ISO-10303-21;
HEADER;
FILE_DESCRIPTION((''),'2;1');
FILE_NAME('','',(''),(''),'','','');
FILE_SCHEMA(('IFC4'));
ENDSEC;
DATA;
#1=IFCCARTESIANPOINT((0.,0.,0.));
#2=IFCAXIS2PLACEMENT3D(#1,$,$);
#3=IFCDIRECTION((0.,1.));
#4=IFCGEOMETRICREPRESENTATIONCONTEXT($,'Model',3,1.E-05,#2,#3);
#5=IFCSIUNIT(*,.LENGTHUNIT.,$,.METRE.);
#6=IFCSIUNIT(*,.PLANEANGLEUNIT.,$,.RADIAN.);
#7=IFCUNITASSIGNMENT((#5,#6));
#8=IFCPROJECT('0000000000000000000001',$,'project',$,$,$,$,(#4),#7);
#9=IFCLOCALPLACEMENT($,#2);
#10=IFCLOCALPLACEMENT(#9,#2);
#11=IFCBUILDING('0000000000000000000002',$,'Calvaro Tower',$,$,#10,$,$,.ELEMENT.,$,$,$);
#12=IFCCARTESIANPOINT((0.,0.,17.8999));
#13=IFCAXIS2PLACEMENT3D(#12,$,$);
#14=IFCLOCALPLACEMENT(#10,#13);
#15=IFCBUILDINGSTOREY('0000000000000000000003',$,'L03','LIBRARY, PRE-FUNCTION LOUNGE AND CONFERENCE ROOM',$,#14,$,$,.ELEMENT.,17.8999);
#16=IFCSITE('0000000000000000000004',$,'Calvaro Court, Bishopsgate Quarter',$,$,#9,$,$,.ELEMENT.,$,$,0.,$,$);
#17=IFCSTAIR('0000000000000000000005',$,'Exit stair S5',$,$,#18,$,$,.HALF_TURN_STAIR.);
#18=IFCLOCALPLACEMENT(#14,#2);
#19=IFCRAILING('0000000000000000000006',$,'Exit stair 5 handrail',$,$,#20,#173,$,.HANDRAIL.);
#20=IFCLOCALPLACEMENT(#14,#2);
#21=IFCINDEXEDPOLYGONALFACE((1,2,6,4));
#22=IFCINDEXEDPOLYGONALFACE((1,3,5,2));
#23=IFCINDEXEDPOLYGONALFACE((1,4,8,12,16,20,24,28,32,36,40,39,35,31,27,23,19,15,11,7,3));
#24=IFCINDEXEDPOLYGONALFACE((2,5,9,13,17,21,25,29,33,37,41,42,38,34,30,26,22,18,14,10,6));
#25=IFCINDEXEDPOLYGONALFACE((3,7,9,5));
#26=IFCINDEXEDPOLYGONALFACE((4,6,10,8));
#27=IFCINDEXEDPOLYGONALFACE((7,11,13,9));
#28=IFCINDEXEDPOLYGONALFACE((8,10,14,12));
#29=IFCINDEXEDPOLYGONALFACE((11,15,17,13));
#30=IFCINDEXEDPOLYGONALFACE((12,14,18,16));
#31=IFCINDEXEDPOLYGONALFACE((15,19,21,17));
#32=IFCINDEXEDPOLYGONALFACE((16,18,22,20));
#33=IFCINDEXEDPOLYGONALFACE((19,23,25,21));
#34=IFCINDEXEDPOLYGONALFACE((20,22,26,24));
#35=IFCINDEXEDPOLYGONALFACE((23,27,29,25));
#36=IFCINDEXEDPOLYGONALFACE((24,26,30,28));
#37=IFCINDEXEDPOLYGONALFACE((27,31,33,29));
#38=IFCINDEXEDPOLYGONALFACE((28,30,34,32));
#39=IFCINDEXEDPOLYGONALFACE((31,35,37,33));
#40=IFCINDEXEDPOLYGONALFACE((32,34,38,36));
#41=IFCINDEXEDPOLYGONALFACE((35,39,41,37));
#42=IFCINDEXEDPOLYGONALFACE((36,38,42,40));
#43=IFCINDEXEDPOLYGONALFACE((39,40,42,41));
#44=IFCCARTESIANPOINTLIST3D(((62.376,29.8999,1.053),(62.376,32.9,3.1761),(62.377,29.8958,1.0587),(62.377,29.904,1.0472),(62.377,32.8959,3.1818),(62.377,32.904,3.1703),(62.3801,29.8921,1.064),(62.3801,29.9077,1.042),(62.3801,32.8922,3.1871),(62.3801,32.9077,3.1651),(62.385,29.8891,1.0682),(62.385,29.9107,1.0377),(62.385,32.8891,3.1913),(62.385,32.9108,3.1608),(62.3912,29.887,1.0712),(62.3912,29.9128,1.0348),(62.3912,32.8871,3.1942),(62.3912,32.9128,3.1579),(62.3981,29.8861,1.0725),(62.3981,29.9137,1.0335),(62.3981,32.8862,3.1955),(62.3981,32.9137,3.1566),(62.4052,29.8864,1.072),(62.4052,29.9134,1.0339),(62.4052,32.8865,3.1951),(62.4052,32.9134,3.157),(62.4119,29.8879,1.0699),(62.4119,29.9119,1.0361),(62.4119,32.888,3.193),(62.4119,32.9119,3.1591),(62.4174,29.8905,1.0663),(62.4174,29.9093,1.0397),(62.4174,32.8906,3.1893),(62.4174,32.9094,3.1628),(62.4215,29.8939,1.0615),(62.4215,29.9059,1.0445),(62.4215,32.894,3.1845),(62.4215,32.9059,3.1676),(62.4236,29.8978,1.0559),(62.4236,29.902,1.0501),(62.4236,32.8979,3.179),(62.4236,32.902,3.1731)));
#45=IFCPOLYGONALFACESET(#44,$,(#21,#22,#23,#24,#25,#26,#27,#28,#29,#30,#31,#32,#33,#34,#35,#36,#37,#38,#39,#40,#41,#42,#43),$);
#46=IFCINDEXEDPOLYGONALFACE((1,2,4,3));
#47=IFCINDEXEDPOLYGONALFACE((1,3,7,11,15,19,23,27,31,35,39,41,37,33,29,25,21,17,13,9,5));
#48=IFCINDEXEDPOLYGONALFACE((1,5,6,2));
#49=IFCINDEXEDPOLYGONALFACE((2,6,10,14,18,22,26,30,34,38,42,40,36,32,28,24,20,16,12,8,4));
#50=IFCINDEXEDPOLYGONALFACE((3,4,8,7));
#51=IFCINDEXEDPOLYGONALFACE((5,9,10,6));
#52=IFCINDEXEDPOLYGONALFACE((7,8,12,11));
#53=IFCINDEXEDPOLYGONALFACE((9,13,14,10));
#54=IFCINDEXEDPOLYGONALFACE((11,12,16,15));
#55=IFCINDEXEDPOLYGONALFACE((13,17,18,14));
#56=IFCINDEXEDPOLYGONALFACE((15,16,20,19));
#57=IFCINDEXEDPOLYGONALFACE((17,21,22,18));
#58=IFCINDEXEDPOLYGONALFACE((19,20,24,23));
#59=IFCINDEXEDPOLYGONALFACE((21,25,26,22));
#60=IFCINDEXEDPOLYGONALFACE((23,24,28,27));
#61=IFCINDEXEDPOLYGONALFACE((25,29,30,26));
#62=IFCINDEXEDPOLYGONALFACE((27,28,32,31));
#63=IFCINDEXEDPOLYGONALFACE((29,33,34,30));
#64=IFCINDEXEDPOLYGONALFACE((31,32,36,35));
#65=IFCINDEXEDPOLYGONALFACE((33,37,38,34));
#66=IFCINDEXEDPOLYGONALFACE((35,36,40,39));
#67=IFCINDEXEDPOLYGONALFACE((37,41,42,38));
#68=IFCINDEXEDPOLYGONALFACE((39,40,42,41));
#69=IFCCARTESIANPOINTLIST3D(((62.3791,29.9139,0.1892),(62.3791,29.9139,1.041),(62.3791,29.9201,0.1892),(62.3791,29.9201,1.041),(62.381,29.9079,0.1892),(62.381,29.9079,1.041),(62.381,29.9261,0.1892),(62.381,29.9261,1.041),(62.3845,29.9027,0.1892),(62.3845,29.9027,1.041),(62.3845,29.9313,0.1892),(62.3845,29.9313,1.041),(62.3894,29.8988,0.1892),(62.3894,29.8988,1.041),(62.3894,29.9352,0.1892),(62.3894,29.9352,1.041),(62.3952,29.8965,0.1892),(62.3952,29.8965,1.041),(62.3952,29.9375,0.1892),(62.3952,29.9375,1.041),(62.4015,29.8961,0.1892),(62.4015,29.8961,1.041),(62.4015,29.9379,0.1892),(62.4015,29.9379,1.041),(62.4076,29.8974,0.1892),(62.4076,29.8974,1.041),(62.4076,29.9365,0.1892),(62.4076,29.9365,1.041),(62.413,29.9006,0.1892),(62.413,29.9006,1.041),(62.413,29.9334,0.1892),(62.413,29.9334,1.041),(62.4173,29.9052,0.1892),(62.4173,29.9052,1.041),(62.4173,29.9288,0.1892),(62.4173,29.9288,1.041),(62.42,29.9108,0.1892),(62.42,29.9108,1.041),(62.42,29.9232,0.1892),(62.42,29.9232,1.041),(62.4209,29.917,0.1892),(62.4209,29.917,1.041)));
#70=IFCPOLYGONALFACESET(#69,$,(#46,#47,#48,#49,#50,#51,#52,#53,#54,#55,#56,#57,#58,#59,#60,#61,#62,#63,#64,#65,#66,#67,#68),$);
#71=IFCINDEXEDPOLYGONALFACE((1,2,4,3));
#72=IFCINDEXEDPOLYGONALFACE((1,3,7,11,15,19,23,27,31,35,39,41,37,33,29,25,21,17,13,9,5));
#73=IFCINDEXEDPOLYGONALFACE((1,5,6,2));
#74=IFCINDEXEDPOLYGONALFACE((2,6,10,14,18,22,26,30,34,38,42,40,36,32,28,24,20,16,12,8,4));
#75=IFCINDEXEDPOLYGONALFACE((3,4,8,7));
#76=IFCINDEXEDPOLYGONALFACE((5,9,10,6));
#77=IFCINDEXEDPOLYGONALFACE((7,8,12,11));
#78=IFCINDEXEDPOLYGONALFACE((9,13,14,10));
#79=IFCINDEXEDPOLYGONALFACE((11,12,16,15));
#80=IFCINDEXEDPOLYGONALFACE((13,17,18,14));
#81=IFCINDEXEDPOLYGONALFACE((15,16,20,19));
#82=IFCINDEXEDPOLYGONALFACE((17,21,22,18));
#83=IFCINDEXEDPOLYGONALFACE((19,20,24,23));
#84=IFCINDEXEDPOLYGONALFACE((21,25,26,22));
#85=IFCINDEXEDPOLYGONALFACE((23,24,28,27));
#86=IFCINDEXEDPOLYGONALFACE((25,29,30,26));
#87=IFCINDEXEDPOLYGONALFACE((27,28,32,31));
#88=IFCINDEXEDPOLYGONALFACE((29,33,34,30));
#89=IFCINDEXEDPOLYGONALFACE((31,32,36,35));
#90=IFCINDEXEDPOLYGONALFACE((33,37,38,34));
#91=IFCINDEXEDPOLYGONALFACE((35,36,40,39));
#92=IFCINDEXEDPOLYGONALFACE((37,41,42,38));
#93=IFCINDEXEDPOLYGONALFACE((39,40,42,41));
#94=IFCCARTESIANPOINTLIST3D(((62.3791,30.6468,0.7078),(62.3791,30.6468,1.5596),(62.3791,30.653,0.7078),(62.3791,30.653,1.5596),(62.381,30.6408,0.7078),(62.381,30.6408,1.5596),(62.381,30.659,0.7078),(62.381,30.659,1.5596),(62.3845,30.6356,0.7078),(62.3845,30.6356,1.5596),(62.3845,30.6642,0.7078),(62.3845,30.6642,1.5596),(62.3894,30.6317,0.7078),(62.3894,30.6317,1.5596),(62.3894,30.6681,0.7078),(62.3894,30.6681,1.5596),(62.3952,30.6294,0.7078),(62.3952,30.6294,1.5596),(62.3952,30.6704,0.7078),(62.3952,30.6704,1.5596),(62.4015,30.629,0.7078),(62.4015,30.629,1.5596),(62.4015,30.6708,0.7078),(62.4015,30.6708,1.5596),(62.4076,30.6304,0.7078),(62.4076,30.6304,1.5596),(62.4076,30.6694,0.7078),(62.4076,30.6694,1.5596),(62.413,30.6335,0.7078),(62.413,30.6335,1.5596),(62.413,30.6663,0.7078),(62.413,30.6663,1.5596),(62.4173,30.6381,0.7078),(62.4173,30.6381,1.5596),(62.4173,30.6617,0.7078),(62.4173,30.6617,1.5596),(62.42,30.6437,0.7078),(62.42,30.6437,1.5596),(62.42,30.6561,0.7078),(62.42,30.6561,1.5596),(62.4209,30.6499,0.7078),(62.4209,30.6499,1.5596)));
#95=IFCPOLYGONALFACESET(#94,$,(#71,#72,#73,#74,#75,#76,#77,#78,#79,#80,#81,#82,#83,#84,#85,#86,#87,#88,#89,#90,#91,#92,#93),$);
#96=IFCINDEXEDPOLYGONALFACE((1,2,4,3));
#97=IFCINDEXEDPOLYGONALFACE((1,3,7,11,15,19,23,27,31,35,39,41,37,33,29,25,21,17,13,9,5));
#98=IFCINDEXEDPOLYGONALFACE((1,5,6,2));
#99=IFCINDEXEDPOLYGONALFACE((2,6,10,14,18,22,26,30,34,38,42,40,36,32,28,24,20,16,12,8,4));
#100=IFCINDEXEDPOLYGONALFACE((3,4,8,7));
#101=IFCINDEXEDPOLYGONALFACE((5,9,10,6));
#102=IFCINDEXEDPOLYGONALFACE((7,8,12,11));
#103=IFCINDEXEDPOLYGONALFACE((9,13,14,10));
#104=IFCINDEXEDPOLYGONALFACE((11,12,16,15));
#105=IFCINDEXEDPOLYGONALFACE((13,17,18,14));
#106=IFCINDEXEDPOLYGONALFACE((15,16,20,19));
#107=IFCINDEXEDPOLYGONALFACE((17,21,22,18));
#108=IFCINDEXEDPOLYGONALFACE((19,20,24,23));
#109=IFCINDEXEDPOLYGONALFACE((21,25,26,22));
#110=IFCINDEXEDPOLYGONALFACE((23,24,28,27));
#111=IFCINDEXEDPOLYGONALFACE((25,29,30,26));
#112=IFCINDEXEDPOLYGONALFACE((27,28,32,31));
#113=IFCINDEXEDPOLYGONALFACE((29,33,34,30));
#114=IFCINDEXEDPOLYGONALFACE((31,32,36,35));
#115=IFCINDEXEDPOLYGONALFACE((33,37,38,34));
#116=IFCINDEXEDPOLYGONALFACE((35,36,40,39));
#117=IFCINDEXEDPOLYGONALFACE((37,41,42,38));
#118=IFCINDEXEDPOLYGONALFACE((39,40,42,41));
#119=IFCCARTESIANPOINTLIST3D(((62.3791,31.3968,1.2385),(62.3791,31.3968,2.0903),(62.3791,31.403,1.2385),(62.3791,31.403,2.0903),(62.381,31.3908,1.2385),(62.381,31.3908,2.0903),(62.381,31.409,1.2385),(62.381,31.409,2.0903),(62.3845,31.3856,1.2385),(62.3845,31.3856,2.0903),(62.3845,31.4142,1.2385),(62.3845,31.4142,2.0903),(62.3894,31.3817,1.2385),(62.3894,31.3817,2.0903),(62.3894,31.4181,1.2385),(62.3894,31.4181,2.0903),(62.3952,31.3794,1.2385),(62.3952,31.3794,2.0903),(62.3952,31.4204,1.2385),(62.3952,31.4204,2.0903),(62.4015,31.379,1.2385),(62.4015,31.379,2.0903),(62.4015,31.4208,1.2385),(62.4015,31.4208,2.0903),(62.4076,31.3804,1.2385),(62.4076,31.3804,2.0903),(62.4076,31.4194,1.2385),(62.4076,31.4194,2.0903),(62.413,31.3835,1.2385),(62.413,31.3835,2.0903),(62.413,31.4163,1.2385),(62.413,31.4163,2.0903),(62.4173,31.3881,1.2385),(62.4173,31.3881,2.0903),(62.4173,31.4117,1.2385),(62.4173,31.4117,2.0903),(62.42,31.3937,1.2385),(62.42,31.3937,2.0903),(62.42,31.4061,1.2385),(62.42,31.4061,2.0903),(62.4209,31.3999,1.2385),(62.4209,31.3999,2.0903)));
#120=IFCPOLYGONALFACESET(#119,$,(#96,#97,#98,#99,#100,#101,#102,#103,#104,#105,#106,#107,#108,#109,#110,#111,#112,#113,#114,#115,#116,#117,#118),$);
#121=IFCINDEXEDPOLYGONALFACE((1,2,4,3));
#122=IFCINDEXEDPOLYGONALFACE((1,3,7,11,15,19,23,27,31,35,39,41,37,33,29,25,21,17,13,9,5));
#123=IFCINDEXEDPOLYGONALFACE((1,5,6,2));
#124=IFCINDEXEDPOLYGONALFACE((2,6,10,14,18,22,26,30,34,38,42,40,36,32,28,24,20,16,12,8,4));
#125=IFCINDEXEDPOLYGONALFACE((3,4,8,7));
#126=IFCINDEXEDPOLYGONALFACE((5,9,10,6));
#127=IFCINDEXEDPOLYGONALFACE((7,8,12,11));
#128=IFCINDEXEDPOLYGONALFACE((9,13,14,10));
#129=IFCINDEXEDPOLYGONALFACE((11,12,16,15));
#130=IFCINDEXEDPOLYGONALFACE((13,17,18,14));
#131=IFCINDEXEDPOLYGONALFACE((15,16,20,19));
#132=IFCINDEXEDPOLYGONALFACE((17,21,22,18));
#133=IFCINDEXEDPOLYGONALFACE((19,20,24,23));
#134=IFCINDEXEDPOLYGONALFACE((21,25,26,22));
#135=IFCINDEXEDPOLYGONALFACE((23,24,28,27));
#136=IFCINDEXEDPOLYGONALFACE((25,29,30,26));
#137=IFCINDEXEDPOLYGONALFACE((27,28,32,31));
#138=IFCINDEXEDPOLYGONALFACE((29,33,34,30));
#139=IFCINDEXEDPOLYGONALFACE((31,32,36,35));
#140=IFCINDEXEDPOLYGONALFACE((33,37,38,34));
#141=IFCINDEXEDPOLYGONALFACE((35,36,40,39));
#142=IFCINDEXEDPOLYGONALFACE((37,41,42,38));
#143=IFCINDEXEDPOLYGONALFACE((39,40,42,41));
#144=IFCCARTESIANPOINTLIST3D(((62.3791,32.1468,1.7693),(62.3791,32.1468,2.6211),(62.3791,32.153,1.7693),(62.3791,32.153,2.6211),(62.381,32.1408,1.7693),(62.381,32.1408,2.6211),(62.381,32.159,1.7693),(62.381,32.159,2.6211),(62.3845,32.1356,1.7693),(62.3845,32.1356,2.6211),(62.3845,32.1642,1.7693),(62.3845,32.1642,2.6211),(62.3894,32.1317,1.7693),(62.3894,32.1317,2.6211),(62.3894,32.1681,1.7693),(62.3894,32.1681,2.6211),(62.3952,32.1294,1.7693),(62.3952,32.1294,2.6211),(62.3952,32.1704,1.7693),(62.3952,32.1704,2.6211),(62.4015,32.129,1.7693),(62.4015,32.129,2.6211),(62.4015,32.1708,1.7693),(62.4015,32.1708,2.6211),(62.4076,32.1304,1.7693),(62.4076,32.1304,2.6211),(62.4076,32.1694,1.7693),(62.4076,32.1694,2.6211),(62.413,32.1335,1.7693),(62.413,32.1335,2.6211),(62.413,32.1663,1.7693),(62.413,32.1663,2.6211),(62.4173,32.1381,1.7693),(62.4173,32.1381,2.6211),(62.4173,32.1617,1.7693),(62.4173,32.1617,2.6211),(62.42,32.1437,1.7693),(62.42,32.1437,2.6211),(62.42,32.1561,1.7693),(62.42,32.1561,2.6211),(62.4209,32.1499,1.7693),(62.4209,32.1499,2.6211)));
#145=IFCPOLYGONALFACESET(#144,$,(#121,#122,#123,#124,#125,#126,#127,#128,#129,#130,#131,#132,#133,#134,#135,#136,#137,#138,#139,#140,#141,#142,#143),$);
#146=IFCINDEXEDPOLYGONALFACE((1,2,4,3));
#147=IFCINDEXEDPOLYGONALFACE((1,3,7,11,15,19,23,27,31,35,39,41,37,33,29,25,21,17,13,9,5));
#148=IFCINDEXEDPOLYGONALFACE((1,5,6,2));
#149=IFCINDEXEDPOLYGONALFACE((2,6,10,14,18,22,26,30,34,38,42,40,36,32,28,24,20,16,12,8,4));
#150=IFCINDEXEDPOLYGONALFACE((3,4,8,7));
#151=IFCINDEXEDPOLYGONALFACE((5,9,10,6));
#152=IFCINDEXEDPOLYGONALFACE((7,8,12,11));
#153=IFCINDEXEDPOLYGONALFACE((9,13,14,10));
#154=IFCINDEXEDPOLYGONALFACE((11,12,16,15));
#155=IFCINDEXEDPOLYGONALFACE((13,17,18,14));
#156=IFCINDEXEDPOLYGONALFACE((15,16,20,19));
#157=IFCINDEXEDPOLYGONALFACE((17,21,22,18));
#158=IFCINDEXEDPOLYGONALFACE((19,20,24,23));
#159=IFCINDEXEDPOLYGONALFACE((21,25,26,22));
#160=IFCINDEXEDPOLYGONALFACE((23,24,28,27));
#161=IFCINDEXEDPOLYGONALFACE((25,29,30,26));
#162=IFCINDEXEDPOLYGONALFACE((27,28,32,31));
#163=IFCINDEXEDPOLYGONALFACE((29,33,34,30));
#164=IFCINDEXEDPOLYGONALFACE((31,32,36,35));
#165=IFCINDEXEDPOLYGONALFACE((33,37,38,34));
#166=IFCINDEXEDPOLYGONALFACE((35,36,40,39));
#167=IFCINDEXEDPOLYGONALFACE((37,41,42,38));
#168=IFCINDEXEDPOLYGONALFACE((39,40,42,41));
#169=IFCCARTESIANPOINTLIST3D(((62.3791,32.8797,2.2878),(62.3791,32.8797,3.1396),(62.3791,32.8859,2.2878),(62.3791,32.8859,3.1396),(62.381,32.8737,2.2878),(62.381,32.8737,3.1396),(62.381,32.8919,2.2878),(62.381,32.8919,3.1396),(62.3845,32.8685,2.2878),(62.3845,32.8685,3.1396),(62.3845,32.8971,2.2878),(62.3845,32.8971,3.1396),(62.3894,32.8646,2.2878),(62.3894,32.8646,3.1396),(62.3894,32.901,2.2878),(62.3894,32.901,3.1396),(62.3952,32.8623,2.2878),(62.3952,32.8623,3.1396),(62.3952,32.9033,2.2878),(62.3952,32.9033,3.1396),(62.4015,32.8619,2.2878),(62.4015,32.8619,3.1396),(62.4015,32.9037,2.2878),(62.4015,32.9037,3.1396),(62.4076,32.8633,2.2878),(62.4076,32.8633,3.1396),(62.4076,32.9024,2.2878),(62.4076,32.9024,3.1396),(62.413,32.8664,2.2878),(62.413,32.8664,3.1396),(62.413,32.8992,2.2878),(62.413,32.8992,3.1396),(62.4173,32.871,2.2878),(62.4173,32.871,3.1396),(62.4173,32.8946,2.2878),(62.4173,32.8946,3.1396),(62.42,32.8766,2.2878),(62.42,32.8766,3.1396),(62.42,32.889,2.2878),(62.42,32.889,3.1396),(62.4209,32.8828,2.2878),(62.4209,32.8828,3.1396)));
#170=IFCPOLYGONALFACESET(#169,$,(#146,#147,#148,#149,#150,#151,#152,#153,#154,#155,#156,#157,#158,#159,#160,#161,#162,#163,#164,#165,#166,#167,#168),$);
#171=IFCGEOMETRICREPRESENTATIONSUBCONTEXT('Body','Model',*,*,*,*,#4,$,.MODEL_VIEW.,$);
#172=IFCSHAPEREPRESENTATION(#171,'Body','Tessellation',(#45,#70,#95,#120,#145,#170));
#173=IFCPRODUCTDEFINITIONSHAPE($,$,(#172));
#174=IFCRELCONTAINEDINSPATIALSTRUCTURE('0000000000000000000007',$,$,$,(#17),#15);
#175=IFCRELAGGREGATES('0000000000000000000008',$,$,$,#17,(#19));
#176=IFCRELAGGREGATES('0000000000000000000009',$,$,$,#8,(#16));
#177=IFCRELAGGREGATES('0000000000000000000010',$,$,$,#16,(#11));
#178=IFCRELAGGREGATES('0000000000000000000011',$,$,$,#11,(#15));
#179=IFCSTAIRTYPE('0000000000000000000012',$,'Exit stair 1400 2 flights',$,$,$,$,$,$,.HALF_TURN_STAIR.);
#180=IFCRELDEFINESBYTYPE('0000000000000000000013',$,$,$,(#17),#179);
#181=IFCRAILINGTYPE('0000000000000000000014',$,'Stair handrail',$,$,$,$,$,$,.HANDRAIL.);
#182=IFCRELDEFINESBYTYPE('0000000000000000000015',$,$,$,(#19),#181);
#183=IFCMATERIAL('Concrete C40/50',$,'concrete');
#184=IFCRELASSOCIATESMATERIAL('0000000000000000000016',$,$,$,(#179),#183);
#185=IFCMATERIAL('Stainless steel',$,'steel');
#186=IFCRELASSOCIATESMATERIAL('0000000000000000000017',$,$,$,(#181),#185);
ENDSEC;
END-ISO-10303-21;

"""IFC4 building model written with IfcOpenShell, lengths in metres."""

from ifc_helpers import new_model, si_unit, direction, frame, origin, origin_2d, place, context, subcontext, project, spatial, circle, extrude, material, type_object, element, aggregate, save


model = new_model("IFC4")

# Units and contexts
model_context = context("Model", 3, precision=1e-05, world=origin(), true_north=direction((0.0, 1.0)))
body_context = subcontext(model_context, "Body", "Model", "MODEL_VIEW")
ifc_project = project(units=[si_unit("LENGTHUNIT", "METRE"), si_unit("PLANEANGLEUNIT", "RADIAN")], contexts=[model_context])

# Site, building, storey
site_placement = place(None, origin())
site = spatial("IfcSite", under=ifc_project, at=site_placement, Name="Calvaro Court, Bishopsgate Quarter", CompositionType="ELEMENT", RefElevation=0.0)
building_placement = place(site_placement, origin())
building = spatial("IfcBuilding", under=site, at=building_placement, Name="Calvaro Tower", CompositionType="ELEMENT")
storey_placement = place(building_placement, frame((0.0, 0.0, 17.8999)))
storey = spatial("IfcBuildingStorey", under=building, at=storey_placement, Name="L03", Description="LIBRARY, PRE-FUNCTION LOUNGE AND CONFERENCE ROOM", CompositionType="ELEMENT", Elevation=17.8999)

# Stair, railing
ifc_material_1 = material(Name="Concrete C40/50", Category="concrete")
stair_type = type_object("IfcStairType", Name="Exit stair 1400 2 flights", PredefinedType="HALF_TURN_STAIR", material=ifc_material_1)
stair_placement = place(storey_placement, origin())
stair = element("IfcStair", 1, at=stair_placement, inside=storey, type_object=stair_type, Name="Exit stair S5", PredefinedType="HALF_TURN_STAIR")
ifc_material_2 = material(Name="Stainless steel", Category="steel")
railing_type_1 = type_object("IfcRailingType", Name="Stair handrail", PredefinedType="HANDRAIL", material=ifc_material_2)
railing_1_placement = place(storey_placement, frame((62.3999, 29.8999, 0.177)))
railing_1 = element("IfcRailing", 2, at=railing_1_placement, type_object=railing_type_1, Name="Exit stair 5 handrail", PredefinedType="HANDRAIL", context=body_context, shape_type="SweptSolid", body=[
    extrude(circle(Radius=0.0239, at=origin_2d()), frame((0.0, 0.0, 0.876), z_axis=(0.0, 0.816275, 0.577663), x_axis=(-1.0, 0.0, 0.0)), (0.0, 0.0, 1.0), 3.6753),
    extrude(circle(Radius=0.021, at=origin_2d()), frame((0.0, 0.0171, 0.0122)), (0.0, 0.0, 1.0), 0.8518),
    extrude(circle(Radius=0.021, at=origin_2d()), frame((0.0, 0.75, 0.5308)), (0.0, 0.0, 1.0), 0.8518),
    extrude(circle(Radius=0.021, at=origin_2d()), frame((0.0, 1.5, 1.0615)), (0.0, 0.0, 1.0), 0.8518),
    extrude(circle(Radius=0.021, at=origin_2d()), frame((0.0, 2.25, 1.5923)), (0.0, 0.0, 1.0), 0.8518),
    extrude(circle(Radius=0.021, at=origin_2d()), frame((0.0, 2.9829, 2.1108)), (0.0, 0.0, 1.0), 0.8518),
])
aggregate(stair, [railing_1])

save(model, "model.ifc")
